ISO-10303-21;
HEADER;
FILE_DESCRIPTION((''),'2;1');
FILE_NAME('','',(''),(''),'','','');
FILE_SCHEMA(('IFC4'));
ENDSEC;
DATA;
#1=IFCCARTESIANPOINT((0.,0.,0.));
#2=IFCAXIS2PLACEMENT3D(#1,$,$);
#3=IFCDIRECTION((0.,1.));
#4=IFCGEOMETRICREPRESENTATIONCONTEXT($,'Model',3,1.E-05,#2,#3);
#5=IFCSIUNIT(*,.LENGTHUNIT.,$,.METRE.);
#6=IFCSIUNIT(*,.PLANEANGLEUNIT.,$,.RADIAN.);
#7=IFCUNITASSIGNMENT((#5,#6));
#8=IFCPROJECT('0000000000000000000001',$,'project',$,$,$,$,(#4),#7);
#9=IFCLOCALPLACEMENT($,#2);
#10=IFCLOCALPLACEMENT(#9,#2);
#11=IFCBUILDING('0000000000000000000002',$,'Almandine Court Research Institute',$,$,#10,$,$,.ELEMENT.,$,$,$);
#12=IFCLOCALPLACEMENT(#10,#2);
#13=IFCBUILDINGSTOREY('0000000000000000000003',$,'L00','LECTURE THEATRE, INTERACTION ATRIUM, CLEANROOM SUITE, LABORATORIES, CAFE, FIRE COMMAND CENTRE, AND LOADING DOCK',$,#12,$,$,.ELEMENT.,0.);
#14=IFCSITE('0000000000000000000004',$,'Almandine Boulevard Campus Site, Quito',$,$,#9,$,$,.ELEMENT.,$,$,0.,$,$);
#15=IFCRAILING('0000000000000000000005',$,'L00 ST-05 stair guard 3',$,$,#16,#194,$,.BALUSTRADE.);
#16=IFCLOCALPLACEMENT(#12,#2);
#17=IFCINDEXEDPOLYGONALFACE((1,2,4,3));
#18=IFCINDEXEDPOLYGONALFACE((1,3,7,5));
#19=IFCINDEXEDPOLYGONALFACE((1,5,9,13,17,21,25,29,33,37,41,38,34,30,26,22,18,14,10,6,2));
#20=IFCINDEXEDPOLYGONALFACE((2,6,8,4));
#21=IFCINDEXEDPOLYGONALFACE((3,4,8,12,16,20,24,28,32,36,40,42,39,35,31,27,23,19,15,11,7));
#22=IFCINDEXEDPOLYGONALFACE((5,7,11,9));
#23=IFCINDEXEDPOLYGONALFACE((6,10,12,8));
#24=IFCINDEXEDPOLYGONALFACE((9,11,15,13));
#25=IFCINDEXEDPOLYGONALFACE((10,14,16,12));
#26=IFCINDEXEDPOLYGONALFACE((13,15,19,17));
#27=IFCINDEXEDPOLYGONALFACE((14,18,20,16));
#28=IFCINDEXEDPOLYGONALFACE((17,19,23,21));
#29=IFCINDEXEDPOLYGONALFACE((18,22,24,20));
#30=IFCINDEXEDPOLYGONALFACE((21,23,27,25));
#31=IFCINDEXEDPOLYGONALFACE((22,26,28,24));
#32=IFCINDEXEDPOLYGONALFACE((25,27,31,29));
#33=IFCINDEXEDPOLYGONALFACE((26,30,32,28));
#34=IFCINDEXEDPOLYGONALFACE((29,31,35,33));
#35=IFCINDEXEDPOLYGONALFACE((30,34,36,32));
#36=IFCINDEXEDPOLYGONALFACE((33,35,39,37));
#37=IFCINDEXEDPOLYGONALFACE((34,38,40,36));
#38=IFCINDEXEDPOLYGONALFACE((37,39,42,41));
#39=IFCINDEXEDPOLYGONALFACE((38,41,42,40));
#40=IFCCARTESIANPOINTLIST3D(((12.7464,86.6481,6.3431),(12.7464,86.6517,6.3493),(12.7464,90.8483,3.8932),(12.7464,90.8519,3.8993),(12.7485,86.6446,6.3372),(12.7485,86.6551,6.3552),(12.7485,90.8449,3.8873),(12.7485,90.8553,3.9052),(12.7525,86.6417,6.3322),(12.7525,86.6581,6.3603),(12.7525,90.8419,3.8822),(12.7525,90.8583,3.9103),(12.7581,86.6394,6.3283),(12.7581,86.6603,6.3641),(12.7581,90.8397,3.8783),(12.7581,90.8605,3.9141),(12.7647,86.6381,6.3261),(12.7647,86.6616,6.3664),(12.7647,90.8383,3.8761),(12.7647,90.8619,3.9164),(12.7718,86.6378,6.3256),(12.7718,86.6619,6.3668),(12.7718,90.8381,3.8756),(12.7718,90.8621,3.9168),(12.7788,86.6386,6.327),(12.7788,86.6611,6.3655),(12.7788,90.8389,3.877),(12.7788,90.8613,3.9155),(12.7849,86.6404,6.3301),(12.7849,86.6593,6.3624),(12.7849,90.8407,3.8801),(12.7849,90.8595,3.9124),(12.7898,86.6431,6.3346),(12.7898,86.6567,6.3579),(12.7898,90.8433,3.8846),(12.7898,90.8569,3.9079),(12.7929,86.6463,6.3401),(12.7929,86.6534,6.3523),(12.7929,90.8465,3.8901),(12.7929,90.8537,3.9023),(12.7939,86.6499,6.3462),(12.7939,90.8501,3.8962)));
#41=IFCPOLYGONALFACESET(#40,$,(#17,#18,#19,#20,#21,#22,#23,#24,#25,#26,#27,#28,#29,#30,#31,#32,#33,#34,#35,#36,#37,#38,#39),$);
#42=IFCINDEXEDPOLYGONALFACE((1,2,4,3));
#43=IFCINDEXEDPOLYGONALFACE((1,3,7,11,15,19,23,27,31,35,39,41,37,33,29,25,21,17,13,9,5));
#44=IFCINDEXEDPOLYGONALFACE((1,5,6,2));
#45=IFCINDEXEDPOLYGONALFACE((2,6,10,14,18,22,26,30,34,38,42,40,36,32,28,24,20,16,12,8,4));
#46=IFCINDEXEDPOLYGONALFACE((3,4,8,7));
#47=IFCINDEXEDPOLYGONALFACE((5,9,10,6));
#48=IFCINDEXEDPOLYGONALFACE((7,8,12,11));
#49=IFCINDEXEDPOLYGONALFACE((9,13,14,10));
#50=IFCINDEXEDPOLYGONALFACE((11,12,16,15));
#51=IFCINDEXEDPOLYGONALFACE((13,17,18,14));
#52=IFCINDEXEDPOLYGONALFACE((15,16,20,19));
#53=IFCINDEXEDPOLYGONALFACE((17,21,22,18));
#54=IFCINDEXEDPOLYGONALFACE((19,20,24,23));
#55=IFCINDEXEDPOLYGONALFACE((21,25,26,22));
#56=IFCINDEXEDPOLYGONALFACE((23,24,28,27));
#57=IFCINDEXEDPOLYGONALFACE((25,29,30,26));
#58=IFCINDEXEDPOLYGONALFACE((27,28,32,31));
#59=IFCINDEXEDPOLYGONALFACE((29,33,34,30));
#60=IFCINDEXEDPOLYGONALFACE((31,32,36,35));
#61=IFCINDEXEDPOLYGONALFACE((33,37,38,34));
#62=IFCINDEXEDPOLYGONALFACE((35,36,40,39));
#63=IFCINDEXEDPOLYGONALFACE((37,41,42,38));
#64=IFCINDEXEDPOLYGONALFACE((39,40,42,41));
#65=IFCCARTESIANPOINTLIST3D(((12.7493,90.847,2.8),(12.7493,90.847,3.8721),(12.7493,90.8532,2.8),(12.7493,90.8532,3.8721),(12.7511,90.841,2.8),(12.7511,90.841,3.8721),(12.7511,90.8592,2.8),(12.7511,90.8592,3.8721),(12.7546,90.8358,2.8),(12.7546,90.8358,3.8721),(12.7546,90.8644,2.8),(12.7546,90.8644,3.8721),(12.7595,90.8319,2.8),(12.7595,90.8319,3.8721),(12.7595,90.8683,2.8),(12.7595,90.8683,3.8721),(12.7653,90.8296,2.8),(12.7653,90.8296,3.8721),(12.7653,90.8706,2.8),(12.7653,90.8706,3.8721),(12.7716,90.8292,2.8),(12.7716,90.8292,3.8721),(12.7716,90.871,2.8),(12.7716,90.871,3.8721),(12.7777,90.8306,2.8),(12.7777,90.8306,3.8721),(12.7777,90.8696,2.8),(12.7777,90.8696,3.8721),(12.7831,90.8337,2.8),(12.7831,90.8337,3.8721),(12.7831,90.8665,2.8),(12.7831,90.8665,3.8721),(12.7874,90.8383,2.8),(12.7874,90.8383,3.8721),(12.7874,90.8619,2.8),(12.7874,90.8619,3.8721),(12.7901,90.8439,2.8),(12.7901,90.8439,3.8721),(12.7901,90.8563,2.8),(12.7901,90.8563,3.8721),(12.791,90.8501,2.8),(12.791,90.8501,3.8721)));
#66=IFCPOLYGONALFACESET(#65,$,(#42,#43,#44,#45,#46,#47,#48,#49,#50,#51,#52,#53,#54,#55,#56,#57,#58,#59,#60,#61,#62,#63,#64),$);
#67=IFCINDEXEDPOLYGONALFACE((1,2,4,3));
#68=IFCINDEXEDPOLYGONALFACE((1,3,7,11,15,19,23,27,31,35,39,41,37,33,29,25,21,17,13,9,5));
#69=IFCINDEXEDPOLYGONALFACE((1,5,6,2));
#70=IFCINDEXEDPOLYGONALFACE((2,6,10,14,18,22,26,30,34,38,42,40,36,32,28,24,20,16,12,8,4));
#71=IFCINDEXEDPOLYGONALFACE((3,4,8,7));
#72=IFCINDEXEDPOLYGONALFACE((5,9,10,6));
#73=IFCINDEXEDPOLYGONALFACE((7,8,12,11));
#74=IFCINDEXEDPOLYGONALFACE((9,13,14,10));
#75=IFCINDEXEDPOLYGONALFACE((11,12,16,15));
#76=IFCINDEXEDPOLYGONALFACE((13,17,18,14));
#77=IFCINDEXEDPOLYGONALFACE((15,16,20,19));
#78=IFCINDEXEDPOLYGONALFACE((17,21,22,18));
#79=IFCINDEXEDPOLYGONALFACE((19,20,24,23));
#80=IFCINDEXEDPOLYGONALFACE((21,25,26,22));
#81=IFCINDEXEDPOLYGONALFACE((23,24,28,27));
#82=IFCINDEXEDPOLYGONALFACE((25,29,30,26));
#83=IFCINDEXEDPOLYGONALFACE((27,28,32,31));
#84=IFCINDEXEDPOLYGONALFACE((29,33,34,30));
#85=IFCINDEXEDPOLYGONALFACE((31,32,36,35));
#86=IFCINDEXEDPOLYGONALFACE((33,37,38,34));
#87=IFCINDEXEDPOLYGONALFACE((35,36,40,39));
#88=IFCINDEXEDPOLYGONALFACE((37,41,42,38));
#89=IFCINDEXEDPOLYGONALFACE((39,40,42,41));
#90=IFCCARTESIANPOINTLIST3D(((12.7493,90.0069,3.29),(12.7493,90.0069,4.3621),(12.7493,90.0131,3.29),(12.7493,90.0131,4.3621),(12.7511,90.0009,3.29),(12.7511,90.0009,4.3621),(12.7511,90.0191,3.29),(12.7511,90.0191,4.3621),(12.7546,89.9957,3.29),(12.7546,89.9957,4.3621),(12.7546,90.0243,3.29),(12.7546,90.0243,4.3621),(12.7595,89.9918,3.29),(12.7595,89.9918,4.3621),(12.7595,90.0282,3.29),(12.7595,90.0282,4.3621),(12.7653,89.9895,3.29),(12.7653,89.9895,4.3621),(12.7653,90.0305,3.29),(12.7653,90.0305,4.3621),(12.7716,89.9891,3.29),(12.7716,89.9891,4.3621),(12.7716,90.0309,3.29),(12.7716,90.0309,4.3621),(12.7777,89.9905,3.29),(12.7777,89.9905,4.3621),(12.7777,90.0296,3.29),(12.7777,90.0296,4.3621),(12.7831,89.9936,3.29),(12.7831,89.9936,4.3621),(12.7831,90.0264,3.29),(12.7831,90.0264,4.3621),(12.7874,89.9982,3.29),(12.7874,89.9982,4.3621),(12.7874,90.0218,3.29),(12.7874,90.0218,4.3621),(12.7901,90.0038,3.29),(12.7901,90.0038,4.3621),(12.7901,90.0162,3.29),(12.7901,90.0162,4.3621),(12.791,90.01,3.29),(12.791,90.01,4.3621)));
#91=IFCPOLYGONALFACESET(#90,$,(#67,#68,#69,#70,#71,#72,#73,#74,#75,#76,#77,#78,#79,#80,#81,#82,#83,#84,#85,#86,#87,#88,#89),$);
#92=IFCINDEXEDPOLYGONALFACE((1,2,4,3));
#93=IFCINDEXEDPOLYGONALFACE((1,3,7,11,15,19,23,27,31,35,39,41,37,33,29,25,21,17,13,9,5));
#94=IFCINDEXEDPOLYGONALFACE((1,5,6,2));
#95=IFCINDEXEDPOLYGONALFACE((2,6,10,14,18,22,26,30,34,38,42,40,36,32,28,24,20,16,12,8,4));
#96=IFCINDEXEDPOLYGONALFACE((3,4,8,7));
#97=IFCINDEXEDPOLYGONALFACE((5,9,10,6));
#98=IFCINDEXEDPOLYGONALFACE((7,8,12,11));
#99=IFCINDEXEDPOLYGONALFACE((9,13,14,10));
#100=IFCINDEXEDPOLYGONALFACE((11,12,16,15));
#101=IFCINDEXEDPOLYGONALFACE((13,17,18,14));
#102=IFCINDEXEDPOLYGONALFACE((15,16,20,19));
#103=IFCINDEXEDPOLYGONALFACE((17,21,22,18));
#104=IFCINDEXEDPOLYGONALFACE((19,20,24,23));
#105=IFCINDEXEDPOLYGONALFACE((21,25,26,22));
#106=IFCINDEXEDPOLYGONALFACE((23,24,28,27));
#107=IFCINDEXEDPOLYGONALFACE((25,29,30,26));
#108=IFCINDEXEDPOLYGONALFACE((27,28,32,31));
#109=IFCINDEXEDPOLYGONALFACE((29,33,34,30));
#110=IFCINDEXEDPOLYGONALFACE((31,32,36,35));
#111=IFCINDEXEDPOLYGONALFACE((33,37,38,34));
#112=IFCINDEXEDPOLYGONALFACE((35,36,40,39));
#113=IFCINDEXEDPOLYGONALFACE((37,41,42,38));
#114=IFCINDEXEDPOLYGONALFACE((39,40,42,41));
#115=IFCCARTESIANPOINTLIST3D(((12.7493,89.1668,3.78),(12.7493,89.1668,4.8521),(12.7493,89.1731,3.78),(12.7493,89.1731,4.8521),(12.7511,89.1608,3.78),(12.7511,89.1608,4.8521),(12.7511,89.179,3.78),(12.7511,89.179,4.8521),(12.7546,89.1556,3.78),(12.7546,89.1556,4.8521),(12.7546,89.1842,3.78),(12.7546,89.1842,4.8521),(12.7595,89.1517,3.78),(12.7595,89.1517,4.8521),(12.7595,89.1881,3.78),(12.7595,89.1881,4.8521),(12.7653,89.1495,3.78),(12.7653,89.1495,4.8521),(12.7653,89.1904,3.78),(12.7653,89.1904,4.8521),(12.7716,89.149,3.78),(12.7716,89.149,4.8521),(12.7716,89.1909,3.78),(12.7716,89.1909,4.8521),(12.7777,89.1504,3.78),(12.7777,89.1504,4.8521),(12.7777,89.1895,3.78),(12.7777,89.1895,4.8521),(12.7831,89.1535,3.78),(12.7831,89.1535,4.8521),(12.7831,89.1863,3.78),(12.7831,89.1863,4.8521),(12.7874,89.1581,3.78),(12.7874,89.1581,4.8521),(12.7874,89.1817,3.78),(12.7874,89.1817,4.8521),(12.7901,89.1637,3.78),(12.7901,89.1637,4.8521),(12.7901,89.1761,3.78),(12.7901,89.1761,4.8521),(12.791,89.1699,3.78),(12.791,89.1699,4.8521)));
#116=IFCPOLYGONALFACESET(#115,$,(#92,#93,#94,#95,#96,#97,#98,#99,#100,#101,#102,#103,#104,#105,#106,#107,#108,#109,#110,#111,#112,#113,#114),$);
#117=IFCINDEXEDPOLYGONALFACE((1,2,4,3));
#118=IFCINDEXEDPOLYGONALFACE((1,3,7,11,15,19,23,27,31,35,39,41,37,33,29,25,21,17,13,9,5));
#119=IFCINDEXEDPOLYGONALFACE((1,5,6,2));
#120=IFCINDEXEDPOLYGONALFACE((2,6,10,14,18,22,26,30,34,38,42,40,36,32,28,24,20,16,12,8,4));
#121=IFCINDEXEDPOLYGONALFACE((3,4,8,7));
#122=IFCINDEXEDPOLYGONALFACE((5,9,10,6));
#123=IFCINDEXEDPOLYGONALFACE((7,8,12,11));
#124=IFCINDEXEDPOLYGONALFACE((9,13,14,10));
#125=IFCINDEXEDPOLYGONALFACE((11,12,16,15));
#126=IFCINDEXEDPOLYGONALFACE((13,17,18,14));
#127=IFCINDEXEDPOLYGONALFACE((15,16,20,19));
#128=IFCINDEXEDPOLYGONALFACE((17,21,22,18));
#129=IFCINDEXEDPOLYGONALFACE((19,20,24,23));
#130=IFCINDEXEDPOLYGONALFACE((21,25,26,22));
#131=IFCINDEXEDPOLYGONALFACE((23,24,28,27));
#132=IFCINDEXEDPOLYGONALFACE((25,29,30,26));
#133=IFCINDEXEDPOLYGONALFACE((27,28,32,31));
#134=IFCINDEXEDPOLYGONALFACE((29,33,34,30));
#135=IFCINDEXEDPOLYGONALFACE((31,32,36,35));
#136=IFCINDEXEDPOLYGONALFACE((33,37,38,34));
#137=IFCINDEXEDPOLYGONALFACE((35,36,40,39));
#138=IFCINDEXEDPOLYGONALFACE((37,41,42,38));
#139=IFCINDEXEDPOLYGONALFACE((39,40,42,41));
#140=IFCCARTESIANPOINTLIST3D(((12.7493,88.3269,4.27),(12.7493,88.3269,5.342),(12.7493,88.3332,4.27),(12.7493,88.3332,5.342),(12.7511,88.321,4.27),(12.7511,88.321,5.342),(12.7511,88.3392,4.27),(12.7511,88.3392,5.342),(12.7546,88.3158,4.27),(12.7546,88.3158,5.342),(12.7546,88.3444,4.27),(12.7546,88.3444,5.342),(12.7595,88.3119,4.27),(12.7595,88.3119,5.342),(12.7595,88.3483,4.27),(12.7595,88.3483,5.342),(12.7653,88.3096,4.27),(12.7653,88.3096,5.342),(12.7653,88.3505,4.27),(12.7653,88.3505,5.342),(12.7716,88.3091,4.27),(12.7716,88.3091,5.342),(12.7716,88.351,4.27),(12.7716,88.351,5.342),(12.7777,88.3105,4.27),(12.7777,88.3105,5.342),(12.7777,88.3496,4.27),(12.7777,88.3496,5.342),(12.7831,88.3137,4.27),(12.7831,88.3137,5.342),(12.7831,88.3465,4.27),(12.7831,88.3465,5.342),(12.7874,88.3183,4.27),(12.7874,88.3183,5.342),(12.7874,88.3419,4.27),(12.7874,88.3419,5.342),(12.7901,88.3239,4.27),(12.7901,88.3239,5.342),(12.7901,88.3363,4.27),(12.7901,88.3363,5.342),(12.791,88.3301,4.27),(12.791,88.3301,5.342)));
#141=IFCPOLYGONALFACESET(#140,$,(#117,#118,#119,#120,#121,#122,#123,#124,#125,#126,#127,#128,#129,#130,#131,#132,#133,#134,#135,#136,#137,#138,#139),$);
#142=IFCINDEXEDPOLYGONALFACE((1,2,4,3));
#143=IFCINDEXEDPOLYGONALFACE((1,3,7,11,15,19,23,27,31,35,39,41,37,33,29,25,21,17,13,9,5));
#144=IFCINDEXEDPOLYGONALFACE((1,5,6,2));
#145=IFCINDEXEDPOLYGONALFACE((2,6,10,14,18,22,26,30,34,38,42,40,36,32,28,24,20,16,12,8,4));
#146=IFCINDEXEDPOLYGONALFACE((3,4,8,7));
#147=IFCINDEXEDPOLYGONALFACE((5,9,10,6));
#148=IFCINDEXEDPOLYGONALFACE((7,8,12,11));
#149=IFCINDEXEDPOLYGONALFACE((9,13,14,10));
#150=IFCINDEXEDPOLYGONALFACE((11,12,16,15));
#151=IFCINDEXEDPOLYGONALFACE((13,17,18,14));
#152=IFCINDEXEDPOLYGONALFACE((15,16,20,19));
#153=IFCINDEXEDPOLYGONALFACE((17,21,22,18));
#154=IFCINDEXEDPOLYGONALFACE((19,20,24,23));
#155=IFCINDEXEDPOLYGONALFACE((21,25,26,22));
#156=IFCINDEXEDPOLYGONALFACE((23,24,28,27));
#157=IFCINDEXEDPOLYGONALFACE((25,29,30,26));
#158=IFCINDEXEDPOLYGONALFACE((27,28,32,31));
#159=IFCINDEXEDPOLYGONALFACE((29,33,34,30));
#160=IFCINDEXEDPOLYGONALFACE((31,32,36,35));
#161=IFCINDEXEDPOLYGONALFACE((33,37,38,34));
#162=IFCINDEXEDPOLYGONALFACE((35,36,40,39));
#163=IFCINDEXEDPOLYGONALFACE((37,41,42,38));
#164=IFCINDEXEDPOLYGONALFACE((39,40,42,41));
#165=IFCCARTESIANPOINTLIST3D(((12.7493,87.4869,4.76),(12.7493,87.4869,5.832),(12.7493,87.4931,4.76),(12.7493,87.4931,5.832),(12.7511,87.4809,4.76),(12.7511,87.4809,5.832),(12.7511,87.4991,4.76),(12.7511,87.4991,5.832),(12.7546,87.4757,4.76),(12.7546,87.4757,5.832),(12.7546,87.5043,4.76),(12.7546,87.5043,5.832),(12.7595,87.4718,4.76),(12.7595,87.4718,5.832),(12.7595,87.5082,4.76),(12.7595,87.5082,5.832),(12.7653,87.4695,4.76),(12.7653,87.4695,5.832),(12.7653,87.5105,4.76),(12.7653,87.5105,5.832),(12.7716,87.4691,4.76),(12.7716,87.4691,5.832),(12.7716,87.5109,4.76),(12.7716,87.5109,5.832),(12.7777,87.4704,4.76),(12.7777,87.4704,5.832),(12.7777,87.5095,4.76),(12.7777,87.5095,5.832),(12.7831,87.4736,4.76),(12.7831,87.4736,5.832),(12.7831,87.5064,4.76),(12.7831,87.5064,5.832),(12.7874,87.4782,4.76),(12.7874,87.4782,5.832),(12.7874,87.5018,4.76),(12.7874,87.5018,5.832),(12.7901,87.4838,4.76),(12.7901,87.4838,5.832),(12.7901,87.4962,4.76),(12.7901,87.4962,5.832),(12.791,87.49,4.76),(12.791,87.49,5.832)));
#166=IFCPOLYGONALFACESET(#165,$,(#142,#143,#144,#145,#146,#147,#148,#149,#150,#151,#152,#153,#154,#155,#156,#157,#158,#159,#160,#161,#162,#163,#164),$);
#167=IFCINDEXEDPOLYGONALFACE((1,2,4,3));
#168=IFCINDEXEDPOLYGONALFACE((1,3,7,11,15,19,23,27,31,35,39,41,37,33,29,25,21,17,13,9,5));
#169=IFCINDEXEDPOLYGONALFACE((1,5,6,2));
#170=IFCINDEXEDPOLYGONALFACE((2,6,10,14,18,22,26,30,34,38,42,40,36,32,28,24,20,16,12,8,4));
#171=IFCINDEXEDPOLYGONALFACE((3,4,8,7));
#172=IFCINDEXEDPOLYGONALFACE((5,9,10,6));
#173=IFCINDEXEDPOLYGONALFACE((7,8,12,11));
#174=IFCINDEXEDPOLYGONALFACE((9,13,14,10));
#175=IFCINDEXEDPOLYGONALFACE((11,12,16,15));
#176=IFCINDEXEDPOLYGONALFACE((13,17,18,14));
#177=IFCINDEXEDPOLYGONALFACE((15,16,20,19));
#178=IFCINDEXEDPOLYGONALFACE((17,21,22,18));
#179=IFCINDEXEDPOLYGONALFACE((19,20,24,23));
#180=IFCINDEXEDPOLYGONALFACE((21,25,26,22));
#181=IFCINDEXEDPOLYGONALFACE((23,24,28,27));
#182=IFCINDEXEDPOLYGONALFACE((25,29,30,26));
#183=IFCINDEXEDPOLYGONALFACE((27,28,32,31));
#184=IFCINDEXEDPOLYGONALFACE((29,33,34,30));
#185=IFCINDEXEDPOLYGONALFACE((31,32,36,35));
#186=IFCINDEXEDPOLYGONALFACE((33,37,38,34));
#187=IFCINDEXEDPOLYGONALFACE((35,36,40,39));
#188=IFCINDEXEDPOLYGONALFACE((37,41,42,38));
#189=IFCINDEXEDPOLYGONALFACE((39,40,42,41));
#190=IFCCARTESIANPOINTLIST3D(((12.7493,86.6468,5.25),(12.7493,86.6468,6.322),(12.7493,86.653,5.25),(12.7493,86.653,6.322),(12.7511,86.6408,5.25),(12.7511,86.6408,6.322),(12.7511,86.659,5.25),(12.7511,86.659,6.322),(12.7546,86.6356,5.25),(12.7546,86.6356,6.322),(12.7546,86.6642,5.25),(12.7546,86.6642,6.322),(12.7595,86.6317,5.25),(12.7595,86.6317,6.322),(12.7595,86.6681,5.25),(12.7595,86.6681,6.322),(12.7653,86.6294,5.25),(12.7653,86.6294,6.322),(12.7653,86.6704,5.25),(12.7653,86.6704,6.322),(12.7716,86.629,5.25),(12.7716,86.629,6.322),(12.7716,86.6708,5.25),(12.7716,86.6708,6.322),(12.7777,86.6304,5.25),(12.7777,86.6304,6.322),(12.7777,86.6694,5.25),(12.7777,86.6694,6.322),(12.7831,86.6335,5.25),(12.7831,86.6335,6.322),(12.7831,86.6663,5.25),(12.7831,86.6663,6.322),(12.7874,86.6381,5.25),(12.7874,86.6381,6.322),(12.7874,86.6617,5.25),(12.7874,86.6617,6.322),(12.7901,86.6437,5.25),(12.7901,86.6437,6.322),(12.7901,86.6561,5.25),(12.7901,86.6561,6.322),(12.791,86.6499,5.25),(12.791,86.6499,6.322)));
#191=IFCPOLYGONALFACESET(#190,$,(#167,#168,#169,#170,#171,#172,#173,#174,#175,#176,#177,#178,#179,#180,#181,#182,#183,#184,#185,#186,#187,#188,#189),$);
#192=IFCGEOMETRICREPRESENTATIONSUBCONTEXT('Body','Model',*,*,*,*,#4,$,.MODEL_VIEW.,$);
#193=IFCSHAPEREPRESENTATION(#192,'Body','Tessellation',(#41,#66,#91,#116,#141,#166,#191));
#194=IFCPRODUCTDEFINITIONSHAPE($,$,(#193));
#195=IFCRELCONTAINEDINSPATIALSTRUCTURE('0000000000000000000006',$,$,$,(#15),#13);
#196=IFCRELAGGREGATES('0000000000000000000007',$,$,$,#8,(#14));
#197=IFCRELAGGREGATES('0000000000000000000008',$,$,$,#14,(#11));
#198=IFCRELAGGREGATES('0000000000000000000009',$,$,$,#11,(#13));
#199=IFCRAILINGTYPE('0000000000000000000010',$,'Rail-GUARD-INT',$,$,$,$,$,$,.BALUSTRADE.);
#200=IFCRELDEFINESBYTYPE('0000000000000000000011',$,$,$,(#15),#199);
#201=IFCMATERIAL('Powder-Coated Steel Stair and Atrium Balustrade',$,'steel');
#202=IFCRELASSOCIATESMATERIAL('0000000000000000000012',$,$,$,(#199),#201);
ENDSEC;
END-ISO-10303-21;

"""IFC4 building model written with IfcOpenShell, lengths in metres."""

from ifc_helpers import new_model, si_unit, direction, frame, origin, origin_2d, place, context, subcontext, project, spatial, circle, extrude, material, type_object, element, save


model = new_model("IFC4")

# Units and contexts
model_context = context("Model", 3, precision=1e-05, world=origin(), true_north=direction((0.0, 1.0)))
body_context = subcontext(model_context, "Body", "Model", "MODEL_VIEW")
ifc_project = project(units=[si_unit("LENGTHUNIT", "METRE"), si_unit("PLANEANGLEUNIT", "RADIAN")], contexts=[model_context])

# Site, building, storey
site_placement = place(None, origin())
site = spatial("IfcSite", under=ifc_project, at=site_placement, Name="Almandine Boulevard Campus Site, Quito", CompositionType="ELEMENT", RefElevation=0.0)
building_placement = place(site_placement, origin())
building = spatial("IfcBuilding", under=site, at=building_placement, Name="Almandine Court Research Institute", CompositionType="ELEMENT")
storey_placement = place(building_placement, origin())
storey = spatial("IfcBuildingStorey", under=building, at=storey_placement, Name="L00", Description="LECTURE THEATRE, INTERACTION ATRIUM, CLEANROOM SUITE, LABORATORIES, CAFE, FIRE COMMAND CENTRE, AND LOADING DOCK", CompositionType="ELEMENT", Elevation=0.0)

# Railing
ifc_material_1 = material(Name="Powder-Coated Steel Stair and Atrium Balustrade", Category="steel")
railing_type_1 = type_object("IfcRailingType", Name="Rail-GUARD-INT", PredefinedType="BALUSTRADE", material=ifc_material_1)
railing_1_placement = place(storey_placement, frame((12.77, 90.8501, 2.8)))
element("IfcRailing", 1, at=railing_1_placement, inside=storey, type_object=railing_type_1, Name="L00 ST-05 stair guard 3", PredefinedType="BALUSTRADE", context=body_context, shape_type="SweptSolid", body=[
    extrude(circle(Radius=0.0239, at=origin_2d()), frame((0.0, 0.0, 1.0962), z_axis=(0.0, -0.863793, 0.503846), x_axis=(1.0, 0.0, 0.0)), (0.0, 0.0, 1.0), 4.8625),
    extrude(circle(Radius=0.021, at=origin_2d()), origin(), (0.0, 0.0, 1.0), 1.072),
    extrude(circle(Radius=0.021, at=origin_2d()), frame((0.0, -0.8401, 0.49)), (0.0, 0.0, 1.0), 1.072),
    extrude(circle(Radius=0.021, at=origin_2d()), frame((0.0, -1.6802, 0.98)), (0.0, 0.0, 1.0), 1.072),
    extrude(circle(Radius=0.021, at=origin_2d()), frame((0.0, -2.52, 1.47)), (0.0, 0.0, 1.0), 1.072),
    extrude(circle(Radius=0.021, at=origin_2d()), frame((0.0, -3.3601, 1.96)), (0.0, 0.0, 1.0), 1.072),
    extrude(circle(Radius=0.021, at=origin_2d()), frame((0.0, -4.2002, 2.45)), (0.0, 0.0, 1.0), 1.072),
])

save(model, "model.ifc")
